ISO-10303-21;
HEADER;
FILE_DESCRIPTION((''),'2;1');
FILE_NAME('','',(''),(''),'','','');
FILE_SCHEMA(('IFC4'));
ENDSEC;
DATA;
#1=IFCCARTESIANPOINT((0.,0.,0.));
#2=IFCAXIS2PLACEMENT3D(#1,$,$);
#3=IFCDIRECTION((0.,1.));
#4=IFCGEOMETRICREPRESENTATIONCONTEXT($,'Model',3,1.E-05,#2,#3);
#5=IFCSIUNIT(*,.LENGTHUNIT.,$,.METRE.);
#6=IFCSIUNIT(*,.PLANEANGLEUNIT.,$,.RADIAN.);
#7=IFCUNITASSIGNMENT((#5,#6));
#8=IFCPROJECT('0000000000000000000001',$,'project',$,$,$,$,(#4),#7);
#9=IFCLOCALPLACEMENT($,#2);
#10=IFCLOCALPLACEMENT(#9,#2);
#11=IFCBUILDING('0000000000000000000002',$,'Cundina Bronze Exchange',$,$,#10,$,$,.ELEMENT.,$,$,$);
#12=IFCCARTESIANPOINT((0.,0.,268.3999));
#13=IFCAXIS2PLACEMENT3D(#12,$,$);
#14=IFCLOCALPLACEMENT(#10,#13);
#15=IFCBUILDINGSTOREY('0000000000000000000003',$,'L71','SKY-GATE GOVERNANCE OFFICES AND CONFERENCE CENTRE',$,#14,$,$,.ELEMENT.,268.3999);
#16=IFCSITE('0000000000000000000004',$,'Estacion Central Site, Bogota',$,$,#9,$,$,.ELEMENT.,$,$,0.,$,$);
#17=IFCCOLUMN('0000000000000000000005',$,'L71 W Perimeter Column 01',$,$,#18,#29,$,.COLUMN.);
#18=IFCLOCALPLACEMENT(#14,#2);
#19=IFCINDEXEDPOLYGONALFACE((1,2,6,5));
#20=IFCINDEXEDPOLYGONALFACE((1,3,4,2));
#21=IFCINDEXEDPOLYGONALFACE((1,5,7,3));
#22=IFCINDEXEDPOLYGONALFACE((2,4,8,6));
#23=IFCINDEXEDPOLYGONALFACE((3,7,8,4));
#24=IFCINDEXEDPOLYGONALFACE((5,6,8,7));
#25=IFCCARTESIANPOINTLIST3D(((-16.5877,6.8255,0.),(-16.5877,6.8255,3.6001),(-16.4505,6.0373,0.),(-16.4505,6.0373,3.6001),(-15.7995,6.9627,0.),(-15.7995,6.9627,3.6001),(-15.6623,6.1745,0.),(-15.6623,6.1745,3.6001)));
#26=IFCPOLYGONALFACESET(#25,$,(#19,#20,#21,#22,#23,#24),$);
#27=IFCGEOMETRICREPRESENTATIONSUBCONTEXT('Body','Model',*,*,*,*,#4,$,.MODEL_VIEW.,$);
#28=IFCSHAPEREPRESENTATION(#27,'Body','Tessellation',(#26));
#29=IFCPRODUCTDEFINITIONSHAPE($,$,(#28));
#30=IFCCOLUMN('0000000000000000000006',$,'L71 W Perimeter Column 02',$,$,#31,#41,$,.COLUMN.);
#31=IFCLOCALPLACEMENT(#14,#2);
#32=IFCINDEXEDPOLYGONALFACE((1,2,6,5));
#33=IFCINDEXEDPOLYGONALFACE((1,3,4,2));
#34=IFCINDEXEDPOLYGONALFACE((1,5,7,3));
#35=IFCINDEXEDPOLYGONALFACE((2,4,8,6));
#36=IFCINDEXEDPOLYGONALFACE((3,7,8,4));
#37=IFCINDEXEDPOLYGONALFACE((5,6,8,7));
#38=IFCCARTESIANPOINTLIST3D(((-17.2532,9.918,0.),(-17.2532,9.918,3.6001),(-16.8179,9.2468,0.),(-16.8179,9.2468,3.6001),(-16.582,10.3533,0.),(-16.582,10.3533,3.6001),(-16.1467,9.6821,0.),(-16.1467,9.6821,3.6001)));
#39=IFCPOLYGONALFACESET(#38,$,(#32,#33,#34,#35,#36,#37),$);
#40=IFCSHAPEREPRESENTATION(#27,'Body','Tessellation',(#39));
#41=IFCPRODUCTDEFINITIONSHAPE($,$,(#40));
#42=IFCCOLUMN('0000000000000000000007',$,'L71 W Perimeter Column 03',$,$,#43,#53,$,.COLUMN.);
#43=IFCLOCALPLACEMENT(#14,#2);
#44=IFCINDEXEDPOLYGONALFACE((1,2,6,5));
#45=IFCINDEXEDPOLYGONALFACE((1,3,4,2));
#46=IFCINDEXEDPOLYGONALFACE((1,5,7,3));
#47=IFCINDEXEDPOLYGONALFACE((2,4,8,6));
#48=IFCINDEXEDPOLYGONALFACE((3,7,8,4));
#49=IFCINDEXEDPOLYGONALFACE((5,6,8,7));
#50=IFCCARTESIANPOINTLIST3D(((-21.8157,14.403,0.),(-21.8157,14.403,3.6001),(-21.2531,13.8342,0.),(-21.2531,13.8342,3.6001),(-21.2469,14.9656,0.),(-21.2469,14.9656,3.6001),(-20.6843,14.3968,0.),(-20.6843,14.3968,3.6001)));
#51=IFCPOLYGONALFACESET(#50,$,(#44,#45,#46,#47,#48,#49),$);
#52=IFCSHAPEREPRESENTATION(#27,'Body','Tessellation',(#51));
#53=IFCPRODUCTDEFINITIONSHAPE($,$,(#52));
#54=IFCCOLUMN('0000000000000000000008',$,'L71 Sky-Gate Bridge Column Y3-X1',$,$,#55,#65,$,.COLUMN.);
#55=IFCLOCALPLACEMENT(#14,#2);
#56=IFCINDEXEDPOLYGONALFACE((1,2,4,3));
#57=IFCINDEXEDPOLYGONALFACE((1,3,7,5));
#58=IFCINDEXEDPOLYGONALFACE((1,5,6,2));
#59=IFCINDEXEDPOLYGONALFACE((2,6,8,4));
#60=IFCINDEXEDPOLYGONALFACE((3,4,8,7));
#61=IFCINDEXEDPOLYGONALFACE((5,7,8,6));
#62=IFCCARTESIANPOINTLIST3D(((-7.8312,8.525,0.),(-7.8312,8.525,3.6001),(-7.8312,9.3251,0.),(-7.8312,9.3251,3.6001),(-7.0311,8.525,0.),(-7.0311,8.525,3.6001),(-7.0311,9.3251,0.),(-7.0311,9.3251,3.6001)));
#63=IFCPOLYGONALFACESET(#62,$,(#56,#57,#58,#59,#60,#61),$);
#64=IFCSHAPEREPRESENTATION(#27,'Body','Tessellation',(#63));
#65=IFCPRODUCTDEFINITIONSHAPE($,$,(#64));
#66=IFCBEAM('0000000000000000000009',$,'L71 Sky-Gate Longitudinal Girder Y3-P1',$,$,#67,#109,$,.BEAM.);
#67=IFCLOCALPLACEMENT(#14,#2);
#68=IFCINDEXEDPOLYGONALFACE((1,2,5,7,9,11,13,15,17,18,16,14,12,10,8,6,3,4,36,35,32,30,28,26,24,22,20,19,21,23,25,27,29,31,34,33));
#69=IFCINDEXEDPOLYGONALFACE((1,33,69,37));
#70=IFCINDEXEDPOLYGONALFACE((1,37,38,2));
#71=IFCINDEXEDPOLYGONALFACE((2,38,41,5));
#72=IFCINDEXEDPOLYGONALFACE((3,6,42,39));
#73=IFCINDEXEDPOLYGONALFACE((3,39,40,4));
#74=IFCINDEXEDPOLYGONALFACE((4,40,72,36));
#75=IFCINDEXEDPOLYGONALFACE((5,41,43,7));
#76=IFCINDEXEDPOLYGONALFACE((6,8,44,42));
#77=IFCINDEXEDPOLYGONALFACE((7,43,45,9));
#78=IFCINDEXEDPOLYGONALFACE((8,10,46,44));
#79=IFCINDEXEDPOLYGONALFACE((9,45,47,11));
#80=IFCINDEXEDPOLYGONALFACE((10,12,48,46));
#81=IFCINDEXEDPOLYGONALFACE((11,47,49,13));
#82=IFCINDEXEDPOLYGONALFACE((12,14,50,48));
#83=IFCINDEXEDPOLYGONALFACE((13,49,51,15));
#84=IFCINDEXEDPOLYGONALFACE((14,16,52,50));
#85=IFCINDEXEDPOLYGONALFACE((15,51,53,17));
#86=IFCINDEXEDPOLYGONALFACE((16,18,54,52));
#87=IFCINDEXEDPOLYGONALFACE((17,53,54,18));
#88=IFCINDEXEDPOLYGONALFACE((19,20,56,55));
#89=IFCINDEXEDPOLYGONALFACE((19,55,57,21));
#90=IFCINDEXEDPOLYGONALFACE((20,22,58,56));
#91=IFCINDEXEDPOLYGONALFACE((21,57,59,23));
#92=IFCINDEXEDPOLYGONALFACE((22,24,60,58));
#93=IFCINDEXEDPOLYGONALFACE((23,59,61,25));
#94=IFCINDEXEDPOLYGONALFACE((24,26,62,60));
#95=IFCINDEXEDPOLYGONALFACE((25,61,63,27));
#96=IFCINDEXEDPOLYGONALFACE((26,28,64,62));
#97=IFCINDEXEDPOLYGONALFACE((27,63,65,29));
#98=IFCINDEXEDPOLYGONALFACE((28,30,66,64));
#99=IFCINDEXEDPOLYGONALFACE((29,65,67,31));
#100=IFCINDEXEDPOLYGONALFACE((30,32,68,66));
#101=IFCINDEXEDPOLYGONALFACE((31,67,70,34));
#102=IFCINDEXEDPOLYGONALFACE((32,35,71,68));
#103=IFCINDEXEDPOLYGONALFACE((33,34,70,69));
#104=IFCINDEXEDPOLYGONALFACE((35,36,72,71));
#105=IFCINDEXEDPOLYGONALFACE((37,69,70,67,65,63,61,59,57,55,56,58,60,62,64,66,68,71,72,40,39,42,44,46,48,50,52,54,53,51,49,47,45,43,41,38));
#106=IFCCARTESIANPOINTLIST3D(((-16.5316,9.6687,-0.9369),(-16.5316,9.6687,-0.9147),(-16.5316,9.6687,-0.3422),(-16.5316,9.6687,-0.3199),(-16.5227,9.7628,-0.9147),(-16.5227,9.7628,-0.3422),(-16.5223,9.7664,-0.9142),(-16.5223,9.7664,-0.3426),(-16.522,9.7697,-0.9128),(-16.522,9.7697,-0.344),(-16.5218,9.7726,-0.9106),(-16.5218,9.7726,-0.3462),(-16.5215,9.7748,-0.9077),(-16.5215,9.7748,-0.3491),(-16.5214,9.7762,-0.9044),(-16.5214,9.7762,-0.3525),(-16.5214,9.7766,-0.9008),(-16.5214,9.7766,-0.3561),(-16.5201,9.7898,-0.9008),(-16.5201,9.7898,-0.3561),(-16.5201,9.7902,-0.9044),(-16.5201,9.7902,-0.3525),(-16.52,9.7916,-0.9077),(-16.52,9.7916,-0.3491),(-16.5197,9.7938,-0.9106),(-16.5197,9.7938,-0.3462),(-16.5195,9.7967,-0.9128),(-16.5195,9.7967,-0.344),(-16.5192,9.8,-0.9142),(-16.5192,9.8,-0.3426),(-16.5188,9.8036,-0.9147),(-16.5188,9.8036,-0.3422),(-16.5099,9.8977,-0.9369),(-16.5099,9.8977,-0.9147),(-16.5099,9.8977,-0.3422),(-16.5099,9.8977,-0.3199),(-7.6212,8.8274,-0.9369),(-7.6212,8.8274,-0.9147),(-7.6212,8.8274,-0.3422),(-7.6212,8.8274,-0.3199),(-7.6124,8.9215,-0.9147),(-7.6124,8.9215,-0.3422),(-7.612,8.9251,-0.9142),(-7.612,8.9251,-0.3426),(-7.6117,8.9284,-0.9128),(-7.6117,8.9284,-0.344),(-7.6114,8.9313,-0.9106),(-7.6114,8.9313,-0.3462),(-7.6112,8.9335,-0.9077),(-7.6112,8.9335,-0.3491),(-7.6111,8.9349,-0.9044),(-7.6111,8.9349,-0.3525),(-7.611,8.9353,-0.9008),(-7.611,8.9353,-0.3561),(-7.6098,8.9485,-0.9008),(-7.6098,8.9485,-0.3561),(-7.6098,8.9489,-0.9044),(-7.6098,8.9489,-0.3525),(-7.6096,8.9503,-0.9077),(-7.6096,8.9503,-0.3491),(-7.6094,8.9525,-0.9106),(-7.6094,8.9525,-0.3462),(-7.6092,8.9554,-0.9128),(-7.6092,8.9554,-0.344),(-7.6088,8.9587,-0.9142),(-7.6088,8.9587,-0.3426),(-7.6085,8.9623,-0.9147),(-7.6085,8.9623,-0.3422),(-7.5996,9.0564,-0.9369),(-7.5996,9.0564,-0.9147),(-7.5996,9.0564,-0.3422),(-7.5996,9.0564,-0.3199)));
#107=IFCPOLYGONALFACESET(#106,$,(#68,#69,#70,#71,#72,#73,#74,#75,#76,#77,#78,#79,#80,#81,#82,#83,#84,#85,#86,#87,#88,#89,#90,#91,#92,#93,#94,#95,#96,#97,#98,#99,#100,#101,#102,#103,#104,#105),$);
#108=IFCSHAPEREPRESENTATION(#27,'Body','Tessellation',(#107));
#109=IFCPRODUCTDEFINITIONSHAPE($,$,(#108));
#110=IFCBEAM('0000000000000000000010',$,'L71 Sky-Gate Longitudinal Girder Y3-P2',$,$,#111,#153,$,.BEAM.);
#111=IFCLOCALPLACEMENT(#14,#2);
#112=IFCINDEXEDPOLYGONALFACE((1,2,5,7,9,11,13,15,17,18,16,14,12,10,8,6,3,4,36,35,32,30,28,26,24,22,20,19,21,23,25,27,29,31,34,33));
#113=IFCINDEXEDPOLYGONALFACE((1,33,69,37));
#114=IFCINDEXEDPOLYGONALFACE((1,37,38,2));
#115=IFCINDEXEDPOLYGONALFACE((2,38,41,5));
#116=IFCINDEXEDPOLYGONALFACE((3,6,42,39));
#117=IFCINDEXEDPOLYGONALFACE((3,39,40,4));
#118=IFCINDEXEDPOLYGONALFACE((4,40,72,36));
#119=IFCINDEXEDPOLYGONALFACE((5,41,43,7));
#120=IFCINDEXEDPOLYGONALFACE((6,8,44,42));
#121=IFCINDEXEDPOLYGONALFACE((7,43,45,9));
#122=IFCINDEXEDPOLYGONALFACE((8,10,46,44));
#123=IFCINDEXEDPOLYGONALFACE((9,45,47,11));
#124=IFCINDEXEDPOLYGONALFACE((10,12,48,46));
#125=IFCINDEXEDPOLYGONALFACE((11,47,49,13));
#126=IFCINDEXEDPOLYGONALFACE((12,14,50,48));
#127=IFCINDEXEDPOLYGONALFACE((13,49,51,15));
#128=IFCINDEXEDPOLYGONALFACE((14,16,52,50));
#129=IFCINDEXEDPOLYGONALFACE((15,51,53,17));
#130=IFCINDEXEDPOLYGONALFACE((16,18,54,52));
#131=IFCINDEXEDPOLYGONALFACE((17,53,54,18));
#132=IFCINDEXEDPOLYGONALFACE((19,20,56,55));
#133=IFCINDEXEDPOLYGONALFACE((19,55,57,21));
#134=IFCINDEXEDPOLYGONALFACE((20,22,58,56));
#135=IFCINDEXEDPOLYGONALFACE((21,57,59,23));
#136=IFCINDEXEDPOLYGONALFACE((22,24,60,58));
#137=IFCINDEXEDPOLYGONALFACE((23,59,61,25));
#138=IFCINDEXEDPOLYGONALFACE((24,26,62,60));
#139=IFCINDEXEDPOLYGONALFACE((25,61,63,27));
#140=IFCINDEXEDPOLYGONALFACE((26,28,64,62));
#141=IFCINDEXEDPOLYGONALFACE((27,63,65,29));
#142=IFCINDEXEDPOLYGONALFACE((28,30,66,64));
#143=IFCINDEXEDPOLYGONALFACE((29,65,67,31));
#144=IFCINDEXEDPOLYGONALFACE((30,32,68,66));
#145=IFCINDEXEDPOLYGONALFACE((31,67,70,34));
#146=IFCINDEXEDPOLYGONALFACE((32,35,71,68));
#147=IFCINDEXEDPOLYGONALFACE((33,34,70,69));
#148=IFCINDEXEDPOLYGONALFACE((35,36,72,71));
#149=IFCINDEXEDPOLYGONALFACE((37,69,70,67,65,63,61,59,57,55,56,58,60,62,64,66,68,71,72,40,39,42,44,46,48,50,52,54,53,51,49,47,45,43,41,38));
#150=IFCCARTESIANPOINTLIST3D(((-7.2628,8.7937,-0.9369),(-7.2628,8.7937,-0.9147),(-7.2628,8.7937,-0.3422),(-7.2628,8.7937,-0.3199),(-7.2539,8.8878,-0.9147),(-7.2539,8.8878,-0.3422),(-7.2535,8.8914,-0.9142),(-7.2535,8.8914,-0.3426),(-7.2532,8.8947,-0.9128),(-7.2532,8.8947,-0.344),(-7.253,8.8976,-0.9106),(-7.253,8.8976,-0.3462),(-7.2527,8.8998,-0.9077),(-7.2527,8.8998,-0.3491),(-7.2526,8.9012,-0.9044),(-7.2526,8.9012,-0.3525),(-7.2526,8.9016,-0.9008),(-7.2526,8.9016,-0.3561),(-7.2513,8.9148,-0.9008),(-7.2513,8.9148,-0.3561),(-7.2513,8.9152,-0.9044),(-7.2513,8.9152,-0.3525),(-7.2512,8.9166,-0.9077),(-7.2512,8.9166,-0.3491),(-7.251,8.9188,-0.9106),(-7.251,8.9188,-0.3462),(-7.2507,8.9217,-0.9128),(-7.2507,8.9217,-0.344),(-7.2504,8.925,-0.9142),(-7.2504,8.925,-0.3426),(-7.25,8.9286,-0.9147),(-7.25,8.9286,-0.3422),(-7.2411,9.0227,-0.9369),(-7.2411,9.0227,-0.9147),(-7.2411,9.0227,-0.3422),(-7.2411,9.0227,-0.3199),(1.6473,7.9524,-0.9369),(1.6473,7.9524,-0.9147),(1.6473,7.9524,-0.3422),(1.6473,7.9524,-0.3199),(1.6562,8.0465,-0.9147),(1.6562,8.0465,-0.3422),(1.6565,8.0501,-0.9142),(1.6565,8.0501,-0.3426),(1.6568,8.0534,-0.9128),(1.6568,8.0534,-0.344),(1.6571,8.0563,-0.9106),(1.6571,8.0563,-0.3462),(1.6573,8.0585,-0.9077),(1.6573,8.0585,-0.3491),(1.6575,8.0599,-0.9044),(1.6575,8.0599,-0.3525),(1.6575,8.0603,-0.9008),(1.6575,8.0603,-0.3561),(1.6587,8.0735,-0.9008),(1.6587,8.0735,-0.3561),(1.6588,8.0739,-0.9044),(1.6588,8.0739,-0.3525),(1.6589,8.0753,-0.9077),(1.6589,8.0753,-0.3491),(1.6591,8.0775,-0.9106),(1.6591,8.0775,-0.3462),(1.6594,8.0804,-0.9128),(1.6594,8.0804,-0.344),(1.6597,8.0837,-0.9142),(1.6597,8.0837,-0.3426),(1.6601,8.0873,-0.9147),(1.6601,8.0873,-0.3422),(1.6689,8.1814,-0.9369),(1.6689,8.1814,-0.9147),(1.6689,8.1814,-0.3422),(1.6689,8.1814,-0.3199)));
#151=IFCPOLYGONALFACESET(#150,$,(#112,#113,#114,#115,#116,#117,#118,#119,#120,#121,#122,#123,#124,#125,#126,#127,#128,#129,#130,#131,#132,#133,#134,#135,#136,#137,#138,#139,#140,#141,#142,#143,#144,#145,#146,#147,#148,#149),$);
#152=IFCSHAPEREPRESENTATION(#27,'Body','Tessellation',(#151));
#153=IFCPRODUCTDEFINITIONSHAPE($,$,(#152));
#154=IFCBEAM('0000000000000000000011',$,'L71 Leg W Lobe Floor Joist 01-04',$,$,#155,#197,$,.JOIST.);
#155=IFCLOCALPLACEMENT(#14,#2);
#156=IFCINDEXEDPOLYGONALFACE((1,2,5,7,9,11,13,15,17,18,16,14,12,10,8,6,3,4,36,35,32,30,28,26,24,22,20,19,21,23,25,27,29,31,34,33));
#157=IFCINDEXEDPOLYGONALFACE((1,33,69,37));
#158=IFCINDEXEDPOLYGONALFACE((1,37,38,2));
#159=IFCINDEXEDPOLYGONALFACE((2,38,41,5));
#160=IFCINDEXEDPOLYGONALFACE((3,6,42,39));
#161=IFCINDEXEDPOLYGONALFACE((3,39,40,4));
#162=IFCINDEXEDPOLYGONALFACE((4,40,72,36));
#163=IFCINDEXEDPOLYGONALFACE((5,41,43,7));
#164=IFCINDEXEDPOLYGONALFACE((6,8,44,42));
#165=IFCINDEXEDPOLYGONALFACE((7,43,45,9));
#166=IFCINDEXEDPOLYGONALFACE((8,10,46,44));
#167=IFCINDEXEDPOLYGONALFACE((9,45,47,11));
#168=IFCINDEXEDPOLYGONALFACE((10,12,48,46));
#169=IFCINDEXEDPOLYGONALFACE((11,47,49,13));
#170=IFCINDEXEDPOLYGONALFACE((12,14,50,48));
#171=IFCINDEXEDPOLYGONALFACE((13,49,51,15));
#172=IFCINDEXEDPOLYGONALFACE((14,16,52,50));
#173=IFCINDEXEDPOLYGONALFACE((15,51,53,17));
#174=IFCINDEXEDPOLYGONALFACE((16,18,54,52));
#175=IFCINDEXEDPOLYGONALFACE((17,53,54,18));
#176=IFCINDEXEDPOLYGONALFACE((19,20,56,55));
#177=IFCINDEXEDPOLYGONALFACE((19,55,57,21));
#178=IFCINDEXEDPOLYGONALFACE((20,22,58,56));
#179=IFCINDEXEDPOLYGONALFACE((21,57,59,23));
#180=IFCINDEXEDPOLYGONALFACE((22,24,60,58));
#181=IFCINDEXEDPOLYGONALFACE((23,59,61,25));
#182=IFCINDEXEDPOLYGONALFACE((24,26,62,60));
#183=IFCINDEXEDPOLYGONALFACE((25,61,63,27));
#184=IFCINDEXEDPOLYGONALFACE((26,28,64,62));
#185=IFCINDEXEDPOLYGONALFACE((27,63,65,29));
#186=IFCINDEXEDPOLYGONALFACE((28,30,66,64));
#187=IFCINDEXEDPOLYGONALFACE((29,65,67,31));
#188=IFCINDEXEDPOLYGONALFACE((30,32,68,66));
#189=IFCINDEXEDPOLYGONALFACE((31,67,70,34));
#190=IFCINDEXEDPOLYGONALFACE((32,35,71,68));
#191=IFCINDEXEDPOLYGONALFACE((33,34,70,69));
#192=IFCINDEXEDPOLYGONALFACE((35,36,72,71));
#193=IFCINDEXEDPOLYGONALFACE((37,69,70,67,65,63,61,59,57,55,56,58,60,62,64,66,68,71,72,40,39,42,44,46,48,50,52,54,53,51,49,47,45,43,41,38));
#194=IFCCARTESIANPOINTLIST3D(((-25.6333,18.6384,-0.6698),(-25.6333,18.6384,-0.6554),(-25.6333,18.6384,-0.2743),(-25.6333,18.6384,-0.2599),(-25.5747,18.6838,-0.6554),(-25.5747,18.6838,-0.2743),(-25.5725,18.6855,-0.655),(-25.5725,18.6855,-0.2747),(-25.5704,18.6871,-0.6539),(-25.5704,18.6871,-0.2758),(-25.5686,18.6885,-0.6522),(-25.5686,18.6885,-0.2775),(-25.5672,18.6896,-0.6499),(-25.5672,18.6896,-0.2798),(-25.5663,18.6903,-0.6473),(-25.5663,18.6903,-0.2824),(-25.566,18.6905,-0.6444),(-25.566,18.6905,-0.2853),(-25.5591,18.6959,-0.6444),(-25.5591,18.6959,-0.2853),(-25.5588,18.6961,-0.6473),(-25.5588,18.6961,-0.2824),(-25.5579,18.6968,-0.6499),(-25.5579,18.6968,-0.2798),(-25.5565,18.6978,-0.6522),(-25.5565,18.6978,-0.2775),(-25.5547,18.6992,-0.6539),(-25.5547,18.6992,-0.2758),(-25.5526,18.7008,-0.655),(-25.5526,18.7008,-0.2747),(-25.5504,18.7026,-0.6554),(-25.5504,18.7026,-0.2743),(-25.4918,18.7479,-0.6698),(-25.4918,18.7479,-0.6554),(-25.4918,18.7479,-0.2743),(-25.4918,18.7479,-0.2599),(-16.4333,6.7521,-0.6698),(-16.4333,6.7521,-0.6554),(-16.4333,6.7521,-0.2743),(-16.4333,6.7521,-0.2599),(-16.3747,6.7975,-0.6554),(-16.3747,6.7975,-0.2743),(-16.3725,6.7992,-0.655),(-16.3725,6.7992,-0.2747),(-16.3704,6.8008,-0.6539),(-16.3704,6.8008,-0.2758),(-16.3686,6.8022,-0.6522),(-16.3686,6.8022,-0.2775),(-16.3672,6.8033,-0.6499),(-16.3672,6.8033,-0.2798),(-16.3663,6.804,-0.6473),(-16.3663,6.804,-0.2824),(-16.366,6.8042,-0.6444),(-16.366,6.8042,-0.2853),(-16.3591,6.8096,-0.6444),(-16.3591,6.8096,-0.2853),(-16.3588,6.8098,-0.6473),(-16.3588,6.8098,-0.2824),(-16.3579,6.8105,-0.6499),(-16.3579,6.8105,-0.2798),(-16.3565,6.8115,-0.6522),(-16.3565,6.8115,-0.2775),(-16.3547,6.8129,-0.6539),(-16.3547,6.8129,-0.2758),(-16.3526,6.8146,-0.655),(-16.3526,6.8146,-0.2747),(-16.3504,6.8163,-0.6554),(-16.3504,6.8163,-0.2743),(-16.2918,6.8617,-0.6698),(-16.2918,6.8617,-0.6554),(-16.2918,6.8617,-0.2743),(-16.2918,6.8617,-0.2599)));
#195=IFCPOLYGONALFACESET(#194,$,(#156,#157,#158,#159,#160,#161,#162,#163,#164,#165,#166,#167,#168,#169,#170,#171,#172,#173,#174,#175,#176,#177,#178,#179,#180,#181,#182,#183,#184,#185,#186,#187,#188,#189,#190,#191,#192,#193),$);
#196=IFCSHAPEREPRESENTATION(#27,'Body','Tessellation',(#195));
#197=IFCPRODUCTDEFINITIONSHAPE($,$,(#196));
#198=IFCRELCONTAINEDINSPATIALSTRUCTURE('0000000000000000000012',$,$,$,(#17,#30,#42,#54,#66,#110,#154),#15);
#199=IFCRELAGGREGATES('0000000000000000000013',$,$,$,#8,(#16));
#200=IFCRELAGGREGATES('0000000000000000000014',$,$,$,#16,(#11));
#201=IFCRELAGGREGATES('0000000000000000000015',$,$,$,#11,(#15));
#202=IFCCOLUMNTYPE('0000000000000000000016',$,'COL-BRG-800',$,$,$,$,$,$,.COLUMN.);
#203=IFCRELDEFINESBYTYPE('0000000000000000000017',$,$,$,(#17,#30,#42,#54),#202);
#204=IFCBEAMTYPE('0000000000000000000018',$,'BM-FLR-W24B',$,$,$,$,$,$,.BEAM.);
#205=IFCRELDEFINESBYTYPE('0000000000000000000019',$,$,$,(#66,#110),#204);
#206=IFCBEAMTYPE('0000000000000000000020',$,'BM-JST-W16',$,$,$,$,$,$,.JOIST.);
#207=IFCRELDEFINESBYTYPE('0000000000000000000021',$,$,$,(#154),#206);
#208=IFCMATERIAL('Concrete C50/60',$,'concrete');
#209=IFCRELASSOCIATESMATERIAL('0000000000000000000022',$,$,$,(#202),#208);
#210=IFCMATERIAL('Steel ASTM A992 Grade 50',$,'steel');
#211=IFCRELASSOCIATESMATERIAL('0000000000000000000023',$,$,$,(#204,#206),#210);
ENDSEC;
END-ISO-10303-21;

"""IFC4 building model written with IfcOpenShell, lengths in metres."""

from ifc_helpers import new_model, si_unit, direction, frame, origin, origin_2d, place, context, subcontext, project, spatial, rectangle, i_section, extrude, material, material_profile, profile_set, type_object, element, save


model = new_model("IFC4")

# Units and contexts
model_context = context("Model", 3, precision=1e-05, world=origin(), true_north=direction((0.0, 1.0)))
body_context = subcontext(model_context, "Body", "Model", "MODEL_VIEW")
ifc_project = project(units=[si_unit("LENGTHUNIT", "METRE"), si_unit("PLANEANGLEUNIT", "RADIAN")], contexts=[model_context])

# Site, building, storey
site_placement = place(None, origin())
site = spatial("IfcSite", under=ifc_project, at=site_placement, Name="Estacion Central Site, Bogota", CompositionType="ELEMENT", RefElevation=0.0)
building_placement = place(site_placement, origin())
building = spatial("IfcBuilding", under=site, at=building_placement, Name="Cundina Bronze Exchange", CompositionType="ELEMENT")
storey_placement = place(building_placement, frame((0.0, 0.0, 268.3999)))
storey = spatial("IfcBuildingStorey", under=building, at=storey_placement, Name="L71", Description="SKY-GATE GOVERNANCE OFFICES AND CONFERENCE CENTRE", CompositionType="ELEMENT", Elevation=268.3999)

# Columns
ifc_material_1 = material(Name="Concrete C50/60", Category="concrete")
ifc_material_profile_1 = material_profile(ifc_material_1, rectangle(XDim=0.8, YDim=0.8, at=origin_2d()), Name="RC800X800", Category="concrete")
ifc_profile_set_1 = profile_set([ifc_material_profile_1], Name="Concrete C50/60")
column_type = type_object("IfcColumnType", Name="COL-BRG-800", PredefinedType="COLUMN", material=ifc_profile_set_1)
for number, where, z_axis, x_axis, name in (
    (1, (-16.125, 6.5, 0.0), (0.0, 0.0, 1.0), (-0.171585, 0.985169, 0.0), "L71 W Perimeter Column 01"),
    (2, (-16.7, 9.8, 0.0), (0.0, 0.0, 1.0), (-0.5442, 0.838956, 0.0), "L71 W Perimeter Column 02"),
    (3, (-21.25, 14.3999, 0.0), (0.0, 0.0, 1.0), (-0.703271, 0.710922, 0.0), "L71 W Perimeter Column 03"),
    (4, (-7.4312, 8.925, 0.0), (0.0, 0.0, 1.0), (1.0, 0.0, 0.0), "L71 Sky-Gate Bridge Column Y3-X1"),
):
    element("IfcColumn", number, at=place(storey_placement, frame(where, z_axis=z_axis, x_axis=x_axis)), inside=storey, type_object=column_type, Name=name, PredefinedType="COLUMN", context=body_context, shape_type="SweptSolid", body=[
        extrude(rectangle(XDim=0.8, YDim=0.8, at=origin_2d()), origin(), (0.0, 0.0, 1.0), 3.6001),
    ])

# Beams
ifc_material_2 = material(Name="Steel ASTM A992 Grade 50", Category="steel")
ifc_material_profile_2 = material_profile(ifc_material_2, i_section(OverallWidth=0.23, OverallDepth=0.6169, WebThickness=0.0132, FlangeThickness=0.0222, FilletRadius=0.0139, at=origin_2d()), Name="W24X94", Category="steel")
ifc_profile_set_2 = profile_set([ifc_material_profile_2], Name="Steel ASTM A992 Grade 50")
beam_type_1 = type_object("IfcBeamType", Name="BM-FLR-W24B", PredefinedType="BEAM", material=ifc_profile_set_2)
beam_1_placement = place(storey_placement, frame((-16.5208, 9.7832, -0.6284), z_axis=(0.995572, -0.094001, 0.0), x_axis=(0.094001, 0.995572, 0.0)))
element("IfcBeam", 5, at=beam_1_placement, inside=storey, type_object=beam_type_1, Name="L71 Sky-Gate Longitudinal Girder Y3-P1", PredefinedType="BEAM", context=body_context, shape_type="SweptSolid", body=[
    extrude(i_section(OverallWidth=0.23, OverallDepth=0.6169, WebThickness=0.0132, FlangeThickness=0.0222, FilletRadius=0.0139, at=origin_2d()), origin(), (0.0, 0.0, 1.0), 8.95),
])
beam_2_placement = place(storey_placement, frame((-7.252, 8.9082, -0.6284), z_axis=(0.995572, -0.094003, 0.0), x_axis=(0.094003, 0.995572, 0.0)))
element("IfcBeam", 6, at=beam_2_placement, inside=storey, type_object=beam_type_1, Name="L71 Sky-Gate Longitudinal Girder Y3-P2", PredefinedType="BEAM", context=body_context, shape_type="SweptSolid", body=[
    extrude(i_section(OverallWidth=0.23, OverallDepth=0.6169, WebThickness=0.0132, FlangeThickness=0.0222, FilletRadius=0.0139, at=origin_2d()), origin(), (0.0, 0.0, 1.0), 8.9497),
])
ifc_material_profile_3 = material_profile(ifc_material_2, i_section(OverallWidth=0.179, OverallDepth=0.4099, WebThickness=0.0088, FlangeThickness=0.0144, FilletRadius=0.011, at=origin_2d()), Name="W16X45", Category="steel")
ifc_profile_set_3 = profile_set([ifc_material_profile_3], Name="Steel ASTM A992 Grade 50")
beam_type_2 = type_object("IfcBeamType", Name="BM-JST-W16", PredefinedType="JOIST", material=ifc_profile_set_3)
beam_3_placement = place(storey_placement, frame((-16.3625, 6.8069, -0.4648), z_axis=(-0.612078, 0.790798, 0.0), x_axis=(-0.790798, -0.612078, 0.0)))
element("IfcBeam", 7, at=beam_3_placement, inside=storey, type_object=beam_type_2, Name="L71 Leg W Lobe Floor Joist 01-04", PredefinedType="JOIST", context=body_context, shape_type="SweptSolid", body=[
    extrude(i_section(OverallWidth=0.179, OverallDepth=0.4099, WebThickness=0.0088, FlangeThickness=0.0144, FilletRadius=0.011, at=origin_2d()), origin(), (0.0, 0.0, 1.0), 15.0308),
])

save(model, "model.ifc")
